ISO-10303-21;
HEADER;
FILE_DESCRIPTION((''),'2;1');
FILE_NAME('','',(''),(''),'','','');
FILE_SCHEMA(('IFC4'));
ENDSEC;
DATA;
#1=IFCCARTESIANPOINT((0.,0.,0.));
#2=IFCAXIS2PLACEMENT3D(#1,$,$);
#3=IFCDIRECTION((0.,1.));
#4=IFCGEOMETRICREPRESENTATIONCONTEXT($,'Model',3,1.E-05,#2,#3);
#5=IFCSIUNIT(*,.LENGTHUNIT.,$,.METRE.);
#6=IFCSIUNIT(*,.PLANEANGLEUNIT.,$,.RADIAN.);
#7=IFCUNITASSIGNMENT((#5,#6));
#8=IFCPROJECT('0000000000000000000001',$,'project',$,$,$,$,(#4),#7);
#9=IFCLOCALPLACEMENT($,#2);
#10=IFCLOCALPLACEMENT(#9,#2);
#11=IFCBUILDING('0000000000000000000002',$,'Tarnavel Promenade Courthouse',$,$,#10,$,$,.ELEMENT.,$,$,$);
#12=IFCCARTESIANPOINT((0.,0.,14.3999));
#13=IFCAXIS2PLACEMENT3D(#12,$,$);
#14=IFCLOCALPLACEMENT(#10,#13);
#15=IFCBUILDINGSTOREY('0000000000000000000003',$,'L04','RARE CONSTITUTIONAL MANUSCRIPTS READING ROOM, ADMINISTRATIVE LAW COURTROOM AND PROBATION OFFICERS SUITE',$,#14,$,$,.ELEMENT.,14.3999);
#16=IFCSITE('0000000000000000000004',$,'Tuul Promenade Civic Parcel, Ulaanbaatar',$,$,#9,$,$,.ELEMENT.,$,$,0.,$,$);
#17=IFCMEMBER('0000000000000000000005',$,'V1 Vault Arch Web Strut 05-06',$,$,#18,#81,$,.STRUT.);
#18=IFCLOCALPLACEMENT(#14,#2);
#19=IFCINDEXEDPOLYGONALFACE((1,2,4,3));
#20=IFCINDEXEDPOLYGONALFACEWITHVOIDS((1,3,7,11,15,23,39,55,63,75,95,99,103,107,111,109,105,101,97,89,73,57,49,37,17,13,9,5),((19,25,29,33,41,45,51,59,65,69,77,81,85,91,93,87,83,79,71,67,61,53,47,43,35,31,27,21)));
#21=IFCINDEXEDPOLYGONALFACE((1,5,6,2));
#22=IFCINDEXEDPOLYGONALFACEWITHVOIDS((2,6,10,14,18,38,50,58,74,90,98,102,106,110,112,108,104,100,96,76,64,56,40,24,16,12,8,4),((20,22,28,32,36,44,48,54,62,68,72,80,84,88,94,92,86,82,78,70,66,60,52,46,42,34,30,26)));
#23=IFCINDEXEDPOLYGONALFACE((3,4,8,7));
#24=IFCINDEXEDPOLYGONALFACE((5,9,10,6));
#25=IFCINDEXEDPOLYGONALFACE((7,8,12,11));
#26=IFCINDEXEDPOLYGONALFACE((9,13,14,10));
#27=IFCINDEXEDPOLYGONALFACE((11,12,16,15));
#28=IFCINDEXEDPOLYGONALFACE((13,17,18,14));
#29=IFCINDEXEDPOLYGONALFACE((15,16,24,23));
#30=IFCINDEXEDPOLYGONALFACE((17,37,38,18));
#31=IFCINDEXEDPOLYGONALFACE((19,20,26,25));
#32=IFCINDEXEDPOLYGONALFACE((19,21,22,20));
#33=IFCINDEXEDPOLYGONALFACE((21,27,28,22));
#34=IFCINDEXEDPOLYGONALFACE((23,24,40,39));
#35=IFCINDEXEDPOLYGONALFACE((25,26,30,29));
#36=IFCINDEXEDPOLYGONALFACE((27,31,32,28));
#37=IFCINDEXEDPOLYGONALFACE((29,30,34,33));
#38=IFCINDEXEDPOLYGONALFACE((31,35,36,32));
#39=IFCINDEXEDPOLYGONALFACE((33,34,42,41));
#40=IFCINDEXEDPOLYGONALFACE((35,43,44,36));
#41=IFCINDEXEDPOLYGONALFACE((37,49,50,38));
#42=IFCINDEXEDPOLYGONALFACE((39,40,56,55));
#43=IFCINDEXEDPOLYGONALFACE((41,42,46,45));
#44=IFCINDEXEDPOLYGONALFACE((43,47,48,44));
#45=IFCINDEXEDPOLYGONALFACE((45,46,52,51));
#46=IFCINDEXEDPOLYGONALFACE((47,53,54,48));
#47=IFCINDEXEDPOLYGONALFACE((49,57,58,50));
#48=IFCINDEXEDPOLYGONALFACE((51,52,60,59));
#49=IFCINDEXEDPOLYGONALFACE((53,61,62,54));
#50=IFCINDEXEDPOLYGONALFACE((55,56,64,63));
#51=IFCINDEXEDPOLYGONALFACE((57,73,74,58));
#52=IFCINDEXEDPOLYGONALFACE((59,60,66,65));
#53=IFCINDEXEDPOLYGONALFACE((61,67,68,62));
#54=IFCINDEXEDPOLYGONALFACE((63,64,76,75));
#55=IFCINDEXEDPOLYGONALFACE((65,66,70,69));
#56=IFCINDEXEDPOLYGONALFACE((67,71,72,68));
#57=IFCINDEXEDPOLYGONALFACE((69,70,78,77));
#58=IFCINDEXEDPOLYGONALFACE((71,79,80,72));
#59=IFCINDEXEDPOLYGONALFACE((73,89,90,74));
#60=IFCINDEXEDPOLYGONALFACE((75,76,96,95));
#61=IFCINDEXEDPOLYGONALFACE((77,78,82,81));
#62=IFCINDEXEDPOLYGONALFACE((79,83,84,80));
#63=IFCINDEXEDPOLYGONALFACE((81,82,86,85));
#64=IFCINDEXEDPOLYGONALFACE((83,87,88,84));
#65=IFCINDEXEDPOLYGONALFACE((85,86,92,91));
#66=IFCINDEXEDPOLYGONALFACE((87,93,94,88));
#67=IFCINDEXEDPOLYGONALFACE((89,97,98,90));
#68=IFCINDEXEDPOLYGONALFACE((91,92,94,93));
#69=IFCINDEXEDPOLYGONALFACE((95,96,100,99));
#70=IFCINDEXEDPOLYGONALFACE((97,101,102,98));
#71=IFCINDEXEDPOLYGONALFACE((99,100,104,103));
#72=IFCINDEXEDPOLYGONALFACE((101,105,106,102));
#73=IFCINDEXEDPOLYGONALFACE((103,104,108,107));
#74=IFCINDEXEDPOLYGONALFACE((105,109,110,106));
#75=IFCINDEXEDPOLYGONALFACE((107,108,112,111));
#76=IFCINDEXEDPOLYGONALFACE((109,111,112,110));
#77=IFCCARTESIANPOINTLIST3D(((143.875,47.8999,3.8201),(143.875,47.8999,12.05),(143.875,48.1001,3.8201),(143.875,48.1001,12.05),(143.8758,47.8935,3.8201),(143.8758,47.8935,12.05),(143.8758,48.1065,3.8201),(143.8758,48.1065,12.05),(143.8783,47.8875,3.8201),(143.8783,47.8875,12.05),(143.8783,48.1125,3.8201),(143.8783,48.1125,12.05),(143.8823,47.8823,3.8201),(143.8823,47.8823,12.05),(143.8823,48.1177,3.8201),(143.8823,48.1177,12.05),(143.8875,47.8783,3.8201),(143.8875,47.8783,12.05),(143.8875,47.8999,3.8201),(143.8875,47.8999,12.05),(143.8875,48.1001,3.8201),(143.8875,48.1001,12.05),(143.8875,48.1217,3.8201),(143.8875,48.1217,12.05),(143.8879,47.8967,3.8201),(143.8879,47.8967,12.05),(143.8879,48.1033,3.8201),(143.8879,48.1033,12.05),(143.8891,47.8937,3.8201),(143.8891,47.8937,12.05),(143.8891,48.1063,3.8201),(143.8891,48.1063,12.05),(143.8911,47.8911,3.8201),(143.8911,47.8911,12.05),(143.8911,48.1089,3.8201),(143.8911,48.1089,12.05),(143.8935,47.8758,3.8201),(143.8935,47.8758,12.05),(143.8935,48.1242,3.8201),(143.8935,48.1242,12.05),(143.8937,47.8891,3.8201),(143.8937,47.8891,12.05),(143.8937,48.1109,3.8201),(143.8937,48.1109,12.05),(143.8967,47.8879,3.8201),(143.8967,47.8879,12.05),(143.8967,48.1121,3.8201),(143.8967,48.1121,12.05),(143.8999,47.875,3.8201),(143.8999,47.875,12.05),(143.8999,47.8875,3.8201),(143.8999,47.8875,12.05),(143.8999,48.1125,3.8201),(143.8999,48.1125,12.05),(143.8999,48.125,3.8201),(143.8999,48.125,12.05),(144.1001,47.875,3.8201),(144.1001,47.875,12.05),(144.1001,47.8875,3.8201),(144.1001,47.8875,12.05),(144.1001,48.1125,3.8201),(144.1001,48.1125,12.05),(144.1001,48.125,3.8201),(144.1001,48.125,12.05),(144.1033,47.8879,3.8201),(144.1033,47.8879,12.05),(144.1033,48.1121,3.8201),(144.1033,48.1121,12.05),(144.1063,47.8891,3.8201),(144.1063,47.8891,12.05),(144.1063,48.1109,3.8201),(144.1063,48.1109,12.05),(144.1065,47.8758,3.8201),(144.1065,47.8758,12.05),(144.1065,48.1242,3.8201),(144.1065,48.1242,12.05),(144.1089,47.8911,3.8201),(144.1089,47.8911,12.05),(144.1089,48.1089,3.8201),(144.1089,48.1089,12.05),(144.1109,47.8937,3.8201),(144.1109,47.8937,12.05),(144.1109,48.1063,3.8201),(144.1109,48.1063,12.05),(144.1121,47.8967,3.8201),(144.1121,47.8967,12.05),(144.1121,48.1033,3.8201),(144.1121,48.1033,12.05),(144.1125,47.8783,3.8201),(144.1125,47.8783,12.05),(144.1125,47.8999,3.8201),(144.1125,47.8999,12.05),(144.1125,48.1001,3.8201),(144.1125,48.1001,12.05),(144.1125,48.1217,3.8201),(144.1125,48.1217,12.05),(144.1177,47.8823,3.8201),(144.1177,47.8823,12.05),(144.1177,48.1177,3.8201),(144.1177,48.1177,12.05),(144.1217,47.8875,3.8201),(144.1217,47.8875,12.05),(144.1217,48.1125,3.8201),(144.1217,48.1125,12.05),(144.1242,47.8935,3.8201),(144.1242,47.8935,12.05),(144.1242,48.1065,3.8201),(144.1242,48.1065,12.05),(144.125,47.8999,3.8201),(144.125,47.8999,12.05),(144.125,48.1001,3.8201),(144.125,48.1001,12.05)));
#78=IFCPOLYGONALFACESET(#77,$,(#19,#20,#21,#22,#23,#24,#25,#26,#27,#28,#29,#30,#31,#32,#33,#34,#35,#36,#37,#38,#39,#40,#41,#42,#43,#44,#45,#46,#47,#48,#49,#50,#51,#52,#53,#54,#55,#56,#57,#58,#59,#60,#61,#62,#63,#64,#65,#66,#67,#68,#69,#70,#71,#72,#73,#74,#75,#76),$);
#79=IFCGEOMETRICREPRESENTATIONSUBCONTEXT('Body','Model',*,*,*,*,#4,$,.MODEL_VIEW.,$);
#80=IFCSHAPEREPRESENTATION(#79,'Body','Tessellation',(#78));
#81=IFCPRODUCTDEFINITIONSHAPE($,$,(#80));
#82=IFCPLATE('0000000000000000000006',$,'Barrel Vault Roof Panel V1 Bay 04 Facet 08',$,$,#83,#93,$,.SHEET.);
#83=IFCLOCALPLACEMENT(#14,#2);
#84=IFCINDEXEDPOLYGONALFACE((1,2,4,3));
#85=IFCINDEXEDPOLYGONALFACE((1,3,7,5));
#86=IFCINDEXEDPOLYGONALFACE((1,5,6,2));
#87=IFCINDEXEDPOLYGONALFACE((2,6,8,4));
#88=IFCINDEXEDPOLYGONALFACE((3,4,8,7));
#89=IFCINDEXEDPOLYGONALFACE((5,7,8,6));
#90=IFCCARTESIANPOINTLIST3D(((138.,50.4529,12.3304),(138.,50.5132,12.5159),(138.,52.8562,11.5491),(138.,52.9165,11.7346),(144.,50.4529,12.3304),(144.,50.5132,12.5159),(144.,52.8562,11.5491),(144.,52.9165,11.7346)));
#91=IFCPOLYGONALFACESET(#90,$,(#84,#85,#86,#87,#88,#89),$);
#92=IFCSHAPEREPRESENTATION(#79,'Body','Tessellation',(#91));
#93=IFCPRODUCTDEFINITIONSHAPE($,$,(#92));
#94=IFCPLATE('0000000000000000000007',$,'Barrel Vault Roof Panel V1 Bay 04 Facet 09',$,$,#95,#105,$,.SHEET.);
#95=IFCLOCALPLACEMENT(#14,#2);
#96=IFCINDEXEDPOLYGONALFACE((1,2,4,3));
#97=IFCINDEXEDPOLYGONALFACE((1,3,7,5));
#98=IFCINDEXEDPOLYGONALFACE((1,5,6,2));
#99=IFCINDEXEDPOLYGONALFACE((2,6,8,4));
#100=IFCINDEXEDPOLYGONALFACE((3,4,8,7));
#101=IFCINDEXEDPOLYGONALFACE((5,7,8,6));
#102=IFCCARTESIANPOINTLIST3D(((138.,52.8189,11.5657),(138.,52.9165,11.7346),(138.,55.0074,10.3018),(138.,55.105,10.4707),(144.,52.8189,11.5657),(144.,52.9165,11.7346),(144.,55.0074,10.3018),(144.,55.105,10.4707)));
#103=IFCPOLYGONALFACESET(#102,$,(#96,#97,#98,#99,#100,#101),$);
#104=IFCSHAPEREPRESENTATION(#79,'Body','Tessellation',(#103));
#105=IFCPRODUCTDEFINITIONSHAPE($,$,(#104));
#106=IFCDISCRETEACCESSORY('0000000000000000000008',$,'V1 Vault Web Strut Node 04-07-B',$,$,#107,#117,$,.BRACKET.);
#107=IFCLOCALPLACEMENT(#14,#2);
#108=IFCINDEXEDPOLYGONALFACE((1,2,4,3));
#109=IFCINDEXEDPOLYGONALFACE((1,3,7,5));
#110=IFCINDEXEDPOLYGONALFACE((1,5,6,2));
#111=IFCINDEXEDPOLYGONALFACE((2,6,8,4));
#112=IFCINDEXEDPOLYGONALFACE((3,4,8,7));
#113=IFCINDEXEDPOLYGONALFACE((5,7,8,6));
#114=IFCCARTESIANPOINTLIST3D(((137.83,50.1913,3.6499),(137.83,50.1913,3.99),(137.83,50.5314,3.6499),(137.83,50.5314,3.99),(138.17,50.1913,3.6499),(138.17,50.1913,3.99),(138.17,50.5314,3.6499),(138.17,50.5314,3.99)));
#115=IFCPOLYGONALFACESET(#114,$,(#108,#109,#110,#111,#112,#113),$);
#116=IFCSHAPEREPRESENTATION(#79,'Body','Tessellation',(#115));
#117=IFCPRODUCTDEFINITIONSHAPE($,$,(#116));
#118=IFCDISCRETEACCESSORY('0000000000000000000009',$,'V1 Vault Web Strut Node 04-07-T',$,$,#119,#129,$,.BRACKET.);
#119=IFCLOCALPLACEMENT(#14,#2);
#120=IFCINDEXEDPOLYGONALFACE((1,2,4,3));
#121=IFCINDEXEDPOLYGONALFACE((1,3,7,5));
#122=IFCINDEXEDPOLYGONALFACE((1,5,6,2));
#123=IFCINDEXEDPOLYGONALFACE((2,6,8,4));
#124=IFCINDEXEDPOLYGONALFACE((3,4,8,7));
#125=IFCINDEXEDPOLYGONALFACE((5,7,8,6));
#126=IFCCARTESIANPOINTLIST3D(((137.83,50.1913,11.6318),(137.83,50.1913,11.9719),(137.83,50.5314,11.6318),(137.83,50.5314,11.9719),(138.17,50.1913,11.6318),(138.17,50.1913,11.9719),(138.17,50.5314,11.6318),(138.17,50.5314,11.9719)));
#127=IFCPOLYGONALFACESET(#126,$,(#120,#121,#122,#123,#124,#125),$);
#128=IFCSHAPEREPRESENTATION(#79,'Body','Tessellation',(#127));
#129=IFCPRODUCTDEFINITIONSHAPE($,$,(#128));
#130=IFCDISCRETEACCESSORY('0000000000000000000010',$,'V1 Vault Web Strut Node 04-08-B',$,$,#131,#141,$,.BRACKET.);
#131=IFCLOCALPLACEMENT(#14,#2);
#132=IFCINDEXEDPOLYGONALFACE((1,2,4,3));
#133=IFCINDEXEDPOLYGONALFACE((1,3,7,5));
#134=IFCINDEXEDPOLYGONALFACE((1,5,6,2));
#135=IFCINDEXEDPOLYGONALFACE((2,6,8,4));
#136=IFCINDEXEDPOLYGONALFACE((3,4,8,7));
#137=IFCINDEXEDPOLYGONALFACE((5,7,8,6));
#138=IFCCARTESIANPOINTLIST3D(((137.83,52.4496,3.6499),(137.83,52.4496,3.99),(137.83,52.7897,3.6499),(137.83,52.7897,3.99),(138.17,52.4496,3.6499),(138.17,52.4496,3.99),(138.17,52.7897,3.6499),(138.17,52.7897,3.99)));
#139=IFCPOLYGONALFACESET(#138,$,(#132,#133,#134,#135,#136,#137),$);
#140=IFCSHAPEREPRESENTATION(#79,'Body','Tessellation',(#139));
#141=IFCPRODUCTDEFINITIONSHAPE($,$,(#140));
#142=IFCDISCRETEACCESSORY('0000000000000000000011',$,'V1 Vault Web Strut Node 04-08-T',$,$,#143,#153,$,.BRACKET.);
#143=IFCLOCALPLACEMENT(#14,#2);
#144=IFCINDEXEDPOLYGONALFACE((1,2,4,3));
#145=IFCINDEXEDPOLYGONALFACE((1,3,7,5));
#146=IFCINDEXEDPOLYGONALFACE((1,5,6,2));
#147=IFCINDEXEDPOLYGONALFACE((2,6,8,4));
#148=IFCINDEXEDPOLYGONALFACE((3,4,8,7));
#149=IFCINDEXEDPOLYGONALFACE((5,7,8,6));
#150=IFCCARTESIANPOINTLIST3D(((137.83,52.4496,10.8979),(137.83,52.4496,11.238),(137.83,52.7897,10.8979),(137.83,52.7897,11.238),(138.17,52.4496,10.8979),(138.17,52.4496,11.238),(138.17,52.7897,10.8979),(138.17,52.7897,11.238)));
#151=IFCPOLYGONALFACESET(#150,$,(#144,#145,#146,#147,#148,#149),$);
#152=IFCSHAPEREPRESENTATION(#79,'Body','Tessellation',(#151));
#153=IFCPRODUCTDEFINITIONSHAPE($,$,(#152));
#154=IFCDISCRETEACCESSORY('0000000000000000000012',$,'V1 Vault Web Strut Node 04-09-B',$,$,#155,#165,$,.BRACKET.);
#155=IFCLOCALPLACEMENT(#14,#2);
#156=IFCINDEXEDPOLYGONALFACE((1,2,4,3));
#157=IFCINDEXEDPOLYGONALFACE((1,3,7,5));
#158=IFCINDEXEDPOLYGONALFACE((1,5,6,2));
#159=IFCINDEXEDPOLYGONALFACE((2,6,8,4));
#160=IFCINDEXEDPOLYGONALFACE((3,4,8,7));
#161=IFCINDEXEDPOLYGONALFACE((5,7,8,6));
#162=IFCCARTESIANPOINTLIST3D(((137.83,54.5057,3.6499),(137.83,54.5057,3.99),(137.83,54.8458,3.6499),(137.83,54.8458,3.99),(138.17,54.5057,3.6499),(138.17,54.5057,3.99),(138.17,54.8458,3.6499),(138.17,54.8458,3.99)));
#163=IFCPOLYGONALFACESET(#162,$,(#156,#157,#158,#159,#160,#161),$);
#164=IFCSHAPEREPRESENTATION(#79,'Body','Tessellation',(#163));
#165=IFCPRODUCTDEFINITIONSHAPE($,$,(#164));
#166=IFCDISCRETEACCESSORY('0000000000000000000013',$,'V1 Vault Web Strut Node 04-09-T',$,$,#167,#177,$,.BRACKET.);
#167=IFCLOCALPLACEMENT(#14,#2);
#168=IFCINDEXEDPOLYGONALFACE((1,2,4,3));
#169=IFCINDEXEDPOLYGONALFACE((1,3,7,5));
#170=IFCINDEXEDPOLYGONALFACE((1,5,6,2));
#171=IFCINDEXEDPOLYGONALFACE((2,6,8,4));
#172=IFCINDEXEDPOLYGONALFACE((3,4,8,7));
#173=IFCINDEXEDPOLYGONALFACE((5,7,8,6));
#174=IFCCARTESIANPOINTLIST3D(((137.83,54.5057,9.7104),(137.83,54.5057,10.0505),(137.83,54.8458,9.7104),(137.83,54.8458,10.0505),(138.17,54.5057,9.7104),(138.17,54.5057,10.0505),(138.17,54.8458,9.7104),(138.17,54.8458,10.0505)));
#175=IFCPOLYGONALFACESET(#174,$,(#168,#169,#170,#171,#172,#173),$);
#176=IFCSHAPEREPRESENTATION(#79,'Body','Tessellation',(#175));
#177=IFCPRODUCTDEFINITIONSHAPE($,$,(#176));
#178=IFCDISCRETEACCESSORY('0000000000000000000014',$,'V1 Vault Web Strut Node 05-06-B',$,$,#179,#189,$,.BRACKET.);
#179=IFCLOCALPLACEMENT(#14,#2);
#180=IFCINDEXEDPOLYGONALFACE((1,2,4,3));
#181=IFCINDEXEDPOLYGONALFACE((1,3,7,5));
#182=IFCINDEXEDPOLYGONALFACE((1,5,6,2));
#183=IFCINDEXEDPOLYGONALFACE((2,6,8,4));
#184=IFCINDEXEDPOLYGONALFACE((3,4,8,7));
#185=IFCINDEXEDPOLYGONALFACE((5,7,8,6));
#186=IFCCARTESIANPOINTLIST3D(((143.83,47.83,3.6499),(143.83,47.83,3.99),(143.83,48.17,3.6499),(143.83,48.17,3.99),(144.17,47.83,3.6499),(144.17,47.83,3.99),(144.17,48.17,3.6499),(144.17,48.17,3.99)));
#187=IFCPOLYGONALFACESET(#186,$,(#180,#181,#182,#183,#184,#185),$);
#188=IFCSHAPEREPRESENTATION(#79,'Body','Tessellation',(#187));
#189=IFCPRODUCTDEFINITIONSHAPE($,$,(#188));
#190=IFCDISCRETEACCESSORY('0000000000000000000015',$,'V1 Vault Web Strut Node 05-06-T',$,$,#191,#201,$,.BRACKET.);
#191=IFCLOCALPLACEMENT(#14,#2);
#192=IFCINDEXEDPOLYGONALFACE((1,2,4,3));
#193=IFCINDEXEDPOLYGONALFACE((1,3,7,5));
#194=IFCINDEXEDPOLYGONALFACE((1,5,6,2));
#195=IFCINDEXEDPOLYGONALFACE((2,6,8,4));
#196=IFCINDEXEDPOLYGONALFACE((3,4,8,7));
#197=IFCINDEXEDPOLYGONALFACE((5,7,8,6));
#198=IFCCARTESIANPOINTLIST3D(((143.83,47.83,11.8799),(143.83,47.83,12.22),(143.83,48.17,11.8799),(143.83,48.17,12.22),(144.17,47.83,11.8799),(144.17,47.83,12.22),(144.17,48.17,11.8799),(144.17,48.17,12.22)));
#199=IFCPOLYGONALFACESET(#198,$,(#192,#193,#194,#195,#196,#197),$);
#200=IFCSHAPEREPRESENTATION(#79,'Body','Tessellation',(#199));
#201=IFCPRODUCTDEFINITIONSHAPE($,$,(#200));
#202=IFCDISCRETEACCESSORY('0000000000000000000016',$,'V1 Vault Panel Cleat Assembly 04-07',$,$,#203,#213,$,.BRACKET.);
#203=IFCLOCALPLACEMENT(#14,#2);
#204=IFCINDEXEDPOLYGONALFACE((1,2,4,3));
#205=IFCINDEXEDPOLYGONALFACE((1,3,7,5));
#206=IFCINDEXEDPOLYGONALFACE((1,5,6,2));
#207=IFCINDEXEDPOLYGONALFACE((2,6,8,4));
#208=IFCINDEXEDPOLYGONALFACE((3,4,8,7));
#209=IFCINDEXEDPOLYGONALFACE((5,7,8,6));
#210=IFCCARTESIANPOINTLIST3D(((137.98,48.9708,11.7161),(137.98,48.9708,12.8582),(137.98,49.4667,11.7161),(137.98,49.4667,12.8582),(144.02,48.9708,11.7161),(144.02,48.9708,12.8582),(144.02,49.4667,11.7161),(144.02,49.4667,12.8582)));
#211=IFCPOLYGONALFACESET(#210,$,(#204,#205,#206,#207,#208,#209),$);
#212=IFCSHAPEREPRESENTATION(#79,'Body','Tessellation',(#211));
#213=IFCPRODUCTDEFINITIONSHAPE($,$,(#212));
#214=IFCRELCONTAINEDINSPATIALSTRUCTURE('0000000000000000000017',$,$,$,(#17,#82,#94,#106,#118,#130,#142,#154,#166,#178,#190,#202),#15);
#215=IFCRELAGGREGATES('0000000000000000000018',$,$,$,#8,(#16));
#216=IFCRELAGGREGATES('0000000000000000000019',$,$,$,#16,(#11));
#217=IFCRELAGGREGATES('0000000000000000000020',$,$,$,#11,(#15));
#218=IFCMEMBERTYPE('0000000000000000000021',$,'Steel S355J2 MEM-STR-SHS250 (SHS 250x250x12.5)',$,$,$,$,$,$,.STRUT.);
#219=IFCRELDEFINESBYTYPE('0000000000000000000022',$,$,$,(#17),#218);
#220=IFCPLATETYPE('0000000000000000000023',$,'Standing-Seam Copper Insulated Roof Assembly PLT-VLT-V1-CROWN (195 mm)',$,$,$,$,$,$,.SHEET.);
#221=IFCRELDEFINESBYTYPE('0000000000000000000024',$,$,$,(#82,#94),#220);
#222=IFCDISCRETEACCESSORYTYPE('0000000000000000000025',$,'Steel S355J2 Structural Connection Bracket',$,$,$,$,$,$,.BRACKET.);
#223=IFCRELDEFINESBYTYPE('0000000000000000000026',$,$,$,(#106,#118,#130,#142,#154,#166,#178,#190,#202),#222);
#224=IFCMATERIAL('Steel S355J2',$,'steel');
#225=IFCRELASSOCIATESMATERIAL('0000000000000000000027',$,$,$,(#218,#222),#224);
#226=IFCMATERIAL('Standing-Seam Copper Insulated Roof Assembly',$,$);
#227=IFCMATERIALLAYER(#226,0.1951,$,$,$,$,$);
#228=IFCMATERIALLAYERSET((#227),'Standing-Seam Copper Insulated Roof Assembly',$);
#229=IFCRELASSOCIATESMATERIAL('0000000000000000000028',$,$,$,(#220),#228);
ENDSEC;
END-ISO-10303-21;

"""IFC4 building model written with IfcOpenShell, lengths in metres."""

from ifc_helpers import new_model, si_unit, direction, frame, origin, origin_2d, place, context, subcontext, project, spatial, polyline, rectangle, hollow_rectangle, outline, extrude, material, layer, layer_set, material_profile, profile_set, type_object, element, save


model = new_model("IFC4")

# Units and contexts
model_context = context("Model", 3, precision=1e-05, world=origin(), true_north=direction((0.0, 1.0)))
body_context = subcontext(model_context, "Body", "Model", "MODEL_VIEW")
ifc_project = project(units=[si_unit("LENGTHUNIT", "METRE"), si_unit("PLANEANGLEUNIT", "RADIAN")], contexts=[model_context])

# Site, building, storey
site_placement = place(None, origin())
site = spatial("IfcSite", under=ifc_project, at=site_placement, Name="Tuul Promenade Civic Parcel, Ulaanbaatar", CompositionType="ELEMENT", RefElevation=0.0)
building_placement = place(site_placement, origin())
building = spatial("IfcBuilding", under=site, at=building_placement, Name="Tarnavel Promenade Courthouse", CompositionType="ELEMENT")
storey_placement = place(building_placement, frame((0.0, 0.0, 14.3999)))
storey = spatial("IfcBuildingStorey", under=building, at=storey_placement, Name="L04", Description="RARE CONSTITUTIONAL MANUSCRIPTS READING ROOM, ADMINISTRATIVE LAW COURTROOM AND PROBATION OFFICERS SUITE", CompositionType="ELEMENT", Elevation=14.3999)

# Shared definitions
ifc_material_1 = material(Name="Steel S355J2", Category="steel")

# Member
ifc_material_profile_1 = material_profile(ifc_material_1, hollow_rectangle(XDim=0.25, YDim=0.25, WallThickness=0.0125, InnerFilletRadius=0.0125, OuterFilletRadius=0.0249, at=origin_2d()), Name="SHS 250x250x12.5")
ifc_profile_set_1 = profile_set([ifc_material_profile_1], Name="Steel S355J2")
member_type_1 = type_object("IfcMemberType", Name="Steel S355J2 MEM-STR-SHS250 (SHS 250x250x12.5)", PredefinedType="STRUT", material=ifc_profile_set_1)
member_1_placement = place(storey_placement, frame((144.0, 48.0, 3.8201), z_axis=(0.0, 0.0, 1.0), x_axis=(1.0, 0.0, 0.0)))
element("IfcMember", 1, at=member_1_placement, inside=storey, type_object=member_type_1, Name="V1 Vault Arch Web Strut 05-06", PredefinedType="STRUT", context=body_context, shape_type="SweptSolid", body=[
    extrude(hollow_rectangle(XDim=0.25, YDim=0.25, WallThickness=0.0125, InnerFilletRadius=0.0125, OuterFilletRadius=0.0249, at=origin_2d()), origin(), (0.0, 0.0, 1.0), 8.23),
])

# Plates
ifc_material_2 = material(Name="Standing-Seam Copper Insulated Roof Assembly")
ifc_layer = layer(ifc_material_2, 0.1951)
ifc_layer_set = layer_set([ifc_layer], Name="Standing-Seam Copper Insulated Roof Assembly")
plate_type = type_object("IfcPlateType", Name="Standing-Seam Copper Insulated Roof Assembly PLT-VLT-V1-CROWN (195 mm)", PredefinedType="SHEET", material=ifc_layer_set)
plate_1_placement = place(storey_placement, frame((138.0, 50.5132, 12.5159), z_axis=(0.0, 0.309147, 0.951014), x_axis=(1.0, 0.0, 0.0)))
element("IfcPlate", 2, at=plate_1_placement, inside=storey, type_object=plate_type, Name="Barrel Vault Roof Panel V1 Bay 04 Facet 08", PredefinedType="SHEET", context=body_context, shape_type="SweptSolid", body=[
    extrude(outline(polyline([(0.0, 0.0), (6.0, 0.0), (6.0, 2.5271), (0.0, 2.5271), (0.0, 0.0)])), origin(), (0.0, 0.0, -1.0), 0.1951),
])
plate_2_placement = place(storey_placement, frame((138.0, 52.9165, 11.7346), z_axis=(0.0, 0.500118, 0.865957), x_axis=(1.0, 0.0, 0.0)))
element("IfcPlate", 3, at=plate_2_placement, inside=storey, type_object=plate_type, Name="Barrel Vault Roof Panel V1 Bay 04 Facet 09", PredefinedType="SHEET", context=body_context, shape_type="SweptSolid", body=[
    extrude(outline(polyline([(0.0, 0.0), (6.0, 0.0), (6.0, 2.5272), (0.0, 2.5272), (0.0, 0.0)])), origin(), (0.0, 0.0, -1.0), 0.1951),
])

# Discrete accessories
discrete_accessory_type = type_object("IfcDiscreteAccessoryType", Name="Steel S355J2 Structural Connection Bracket", PredefinedType="BRACKET", material=ifc_material_1)
for number, where, z_axis, x_axis, name in (
    (4, (138.0, 50.3613, 3.6499), (0.0, 0.0, 1.0), (1.0, 0.0, 0.0), "V1 Vault Web Strut Node 04-07-B"),
    (5, (138.0, 50.3613, 11.6318), (0.0, 0.0, 1.0), (1.0, 0.0, 0.0), "V1 Vault Web Strut Node 04-07-T"),
    (6, (138.0, 52.6196, 3.6499), (0.0, 0.0, 1.0), (1.0, 0.0, 0.0), "V1 Vault Web Strut Node 04-08-B"),
    (7, (138.0, 52.6196, 10.8979), (0.0, 0.0, 1.0), (1.0, 0.0, 0.0), "V1 Vault Web Strut Node 04-08-T"),
    (8, (138.0, 54.6758, 3.6499), (0.0, 0.0, 1.0), (1.0, 0.0, 0.0), "V1 Vault Web Strut Node 04-09-B"),
    (9, (138.0, 54.6758, 9.7104), (0.0, 0.0, 1.0), (1.0, 0.0, 0.0), "V1 Vault Web Strut Node 04-09-T"),
    (10, (144.0, 48.0, 3.6499), (0.0, 0.0, 1.0), (1.0, 0.0, 0.0), "V1 Vault Web Strut Node 05-06-B"),
    (11, (144.0, 48.0, 11.8799), (0.0, 0.0, 1.0), (1.0, 0.0, 0.0), "V1 Vault Web Strut Node 05-06-T"),
):
    element("IfcDiscreteAccessory", number, at=place(storey_placement, frame(where, z_axis=z_axis, x_axis=x_axis)), inside=storey, type_object=discrete_accessory_type, Name=name, PredefinedType="BRACKET", context=body_context, shape_type="SweptSolid", body=[
        extrude(rectangle(XDim=0.3401, YDim=0.3401, at=origin_2d()), origin(), (0.0, 0.0, 1.0), 0.3401),
    ])
discrete_accessory_1_placement = place(storey_placement, frame((141.0, 49.2188, 11.7161), z_axis=(0.0, 0.0, 1.0), x_axis=(1.0, 0.0, 0.0)))
element("IfcDiscreteAccessory", 12, at=discrete_accessory_1_placement, inside=storey, type_object=discrete_accessory_type, Name="V1 Vault Panel Cleat Assembly 04-07", PredefinedType="BRACKET", context=body_context, shape_type="SweptSolid", body=[
    extrude(rectangle(XDim=6.04, YDim=0.4958, at=origin_2d()), origin(), (0.0, 0.0, 1.0), 1.1421),
])

save(model, "model.ifc")
